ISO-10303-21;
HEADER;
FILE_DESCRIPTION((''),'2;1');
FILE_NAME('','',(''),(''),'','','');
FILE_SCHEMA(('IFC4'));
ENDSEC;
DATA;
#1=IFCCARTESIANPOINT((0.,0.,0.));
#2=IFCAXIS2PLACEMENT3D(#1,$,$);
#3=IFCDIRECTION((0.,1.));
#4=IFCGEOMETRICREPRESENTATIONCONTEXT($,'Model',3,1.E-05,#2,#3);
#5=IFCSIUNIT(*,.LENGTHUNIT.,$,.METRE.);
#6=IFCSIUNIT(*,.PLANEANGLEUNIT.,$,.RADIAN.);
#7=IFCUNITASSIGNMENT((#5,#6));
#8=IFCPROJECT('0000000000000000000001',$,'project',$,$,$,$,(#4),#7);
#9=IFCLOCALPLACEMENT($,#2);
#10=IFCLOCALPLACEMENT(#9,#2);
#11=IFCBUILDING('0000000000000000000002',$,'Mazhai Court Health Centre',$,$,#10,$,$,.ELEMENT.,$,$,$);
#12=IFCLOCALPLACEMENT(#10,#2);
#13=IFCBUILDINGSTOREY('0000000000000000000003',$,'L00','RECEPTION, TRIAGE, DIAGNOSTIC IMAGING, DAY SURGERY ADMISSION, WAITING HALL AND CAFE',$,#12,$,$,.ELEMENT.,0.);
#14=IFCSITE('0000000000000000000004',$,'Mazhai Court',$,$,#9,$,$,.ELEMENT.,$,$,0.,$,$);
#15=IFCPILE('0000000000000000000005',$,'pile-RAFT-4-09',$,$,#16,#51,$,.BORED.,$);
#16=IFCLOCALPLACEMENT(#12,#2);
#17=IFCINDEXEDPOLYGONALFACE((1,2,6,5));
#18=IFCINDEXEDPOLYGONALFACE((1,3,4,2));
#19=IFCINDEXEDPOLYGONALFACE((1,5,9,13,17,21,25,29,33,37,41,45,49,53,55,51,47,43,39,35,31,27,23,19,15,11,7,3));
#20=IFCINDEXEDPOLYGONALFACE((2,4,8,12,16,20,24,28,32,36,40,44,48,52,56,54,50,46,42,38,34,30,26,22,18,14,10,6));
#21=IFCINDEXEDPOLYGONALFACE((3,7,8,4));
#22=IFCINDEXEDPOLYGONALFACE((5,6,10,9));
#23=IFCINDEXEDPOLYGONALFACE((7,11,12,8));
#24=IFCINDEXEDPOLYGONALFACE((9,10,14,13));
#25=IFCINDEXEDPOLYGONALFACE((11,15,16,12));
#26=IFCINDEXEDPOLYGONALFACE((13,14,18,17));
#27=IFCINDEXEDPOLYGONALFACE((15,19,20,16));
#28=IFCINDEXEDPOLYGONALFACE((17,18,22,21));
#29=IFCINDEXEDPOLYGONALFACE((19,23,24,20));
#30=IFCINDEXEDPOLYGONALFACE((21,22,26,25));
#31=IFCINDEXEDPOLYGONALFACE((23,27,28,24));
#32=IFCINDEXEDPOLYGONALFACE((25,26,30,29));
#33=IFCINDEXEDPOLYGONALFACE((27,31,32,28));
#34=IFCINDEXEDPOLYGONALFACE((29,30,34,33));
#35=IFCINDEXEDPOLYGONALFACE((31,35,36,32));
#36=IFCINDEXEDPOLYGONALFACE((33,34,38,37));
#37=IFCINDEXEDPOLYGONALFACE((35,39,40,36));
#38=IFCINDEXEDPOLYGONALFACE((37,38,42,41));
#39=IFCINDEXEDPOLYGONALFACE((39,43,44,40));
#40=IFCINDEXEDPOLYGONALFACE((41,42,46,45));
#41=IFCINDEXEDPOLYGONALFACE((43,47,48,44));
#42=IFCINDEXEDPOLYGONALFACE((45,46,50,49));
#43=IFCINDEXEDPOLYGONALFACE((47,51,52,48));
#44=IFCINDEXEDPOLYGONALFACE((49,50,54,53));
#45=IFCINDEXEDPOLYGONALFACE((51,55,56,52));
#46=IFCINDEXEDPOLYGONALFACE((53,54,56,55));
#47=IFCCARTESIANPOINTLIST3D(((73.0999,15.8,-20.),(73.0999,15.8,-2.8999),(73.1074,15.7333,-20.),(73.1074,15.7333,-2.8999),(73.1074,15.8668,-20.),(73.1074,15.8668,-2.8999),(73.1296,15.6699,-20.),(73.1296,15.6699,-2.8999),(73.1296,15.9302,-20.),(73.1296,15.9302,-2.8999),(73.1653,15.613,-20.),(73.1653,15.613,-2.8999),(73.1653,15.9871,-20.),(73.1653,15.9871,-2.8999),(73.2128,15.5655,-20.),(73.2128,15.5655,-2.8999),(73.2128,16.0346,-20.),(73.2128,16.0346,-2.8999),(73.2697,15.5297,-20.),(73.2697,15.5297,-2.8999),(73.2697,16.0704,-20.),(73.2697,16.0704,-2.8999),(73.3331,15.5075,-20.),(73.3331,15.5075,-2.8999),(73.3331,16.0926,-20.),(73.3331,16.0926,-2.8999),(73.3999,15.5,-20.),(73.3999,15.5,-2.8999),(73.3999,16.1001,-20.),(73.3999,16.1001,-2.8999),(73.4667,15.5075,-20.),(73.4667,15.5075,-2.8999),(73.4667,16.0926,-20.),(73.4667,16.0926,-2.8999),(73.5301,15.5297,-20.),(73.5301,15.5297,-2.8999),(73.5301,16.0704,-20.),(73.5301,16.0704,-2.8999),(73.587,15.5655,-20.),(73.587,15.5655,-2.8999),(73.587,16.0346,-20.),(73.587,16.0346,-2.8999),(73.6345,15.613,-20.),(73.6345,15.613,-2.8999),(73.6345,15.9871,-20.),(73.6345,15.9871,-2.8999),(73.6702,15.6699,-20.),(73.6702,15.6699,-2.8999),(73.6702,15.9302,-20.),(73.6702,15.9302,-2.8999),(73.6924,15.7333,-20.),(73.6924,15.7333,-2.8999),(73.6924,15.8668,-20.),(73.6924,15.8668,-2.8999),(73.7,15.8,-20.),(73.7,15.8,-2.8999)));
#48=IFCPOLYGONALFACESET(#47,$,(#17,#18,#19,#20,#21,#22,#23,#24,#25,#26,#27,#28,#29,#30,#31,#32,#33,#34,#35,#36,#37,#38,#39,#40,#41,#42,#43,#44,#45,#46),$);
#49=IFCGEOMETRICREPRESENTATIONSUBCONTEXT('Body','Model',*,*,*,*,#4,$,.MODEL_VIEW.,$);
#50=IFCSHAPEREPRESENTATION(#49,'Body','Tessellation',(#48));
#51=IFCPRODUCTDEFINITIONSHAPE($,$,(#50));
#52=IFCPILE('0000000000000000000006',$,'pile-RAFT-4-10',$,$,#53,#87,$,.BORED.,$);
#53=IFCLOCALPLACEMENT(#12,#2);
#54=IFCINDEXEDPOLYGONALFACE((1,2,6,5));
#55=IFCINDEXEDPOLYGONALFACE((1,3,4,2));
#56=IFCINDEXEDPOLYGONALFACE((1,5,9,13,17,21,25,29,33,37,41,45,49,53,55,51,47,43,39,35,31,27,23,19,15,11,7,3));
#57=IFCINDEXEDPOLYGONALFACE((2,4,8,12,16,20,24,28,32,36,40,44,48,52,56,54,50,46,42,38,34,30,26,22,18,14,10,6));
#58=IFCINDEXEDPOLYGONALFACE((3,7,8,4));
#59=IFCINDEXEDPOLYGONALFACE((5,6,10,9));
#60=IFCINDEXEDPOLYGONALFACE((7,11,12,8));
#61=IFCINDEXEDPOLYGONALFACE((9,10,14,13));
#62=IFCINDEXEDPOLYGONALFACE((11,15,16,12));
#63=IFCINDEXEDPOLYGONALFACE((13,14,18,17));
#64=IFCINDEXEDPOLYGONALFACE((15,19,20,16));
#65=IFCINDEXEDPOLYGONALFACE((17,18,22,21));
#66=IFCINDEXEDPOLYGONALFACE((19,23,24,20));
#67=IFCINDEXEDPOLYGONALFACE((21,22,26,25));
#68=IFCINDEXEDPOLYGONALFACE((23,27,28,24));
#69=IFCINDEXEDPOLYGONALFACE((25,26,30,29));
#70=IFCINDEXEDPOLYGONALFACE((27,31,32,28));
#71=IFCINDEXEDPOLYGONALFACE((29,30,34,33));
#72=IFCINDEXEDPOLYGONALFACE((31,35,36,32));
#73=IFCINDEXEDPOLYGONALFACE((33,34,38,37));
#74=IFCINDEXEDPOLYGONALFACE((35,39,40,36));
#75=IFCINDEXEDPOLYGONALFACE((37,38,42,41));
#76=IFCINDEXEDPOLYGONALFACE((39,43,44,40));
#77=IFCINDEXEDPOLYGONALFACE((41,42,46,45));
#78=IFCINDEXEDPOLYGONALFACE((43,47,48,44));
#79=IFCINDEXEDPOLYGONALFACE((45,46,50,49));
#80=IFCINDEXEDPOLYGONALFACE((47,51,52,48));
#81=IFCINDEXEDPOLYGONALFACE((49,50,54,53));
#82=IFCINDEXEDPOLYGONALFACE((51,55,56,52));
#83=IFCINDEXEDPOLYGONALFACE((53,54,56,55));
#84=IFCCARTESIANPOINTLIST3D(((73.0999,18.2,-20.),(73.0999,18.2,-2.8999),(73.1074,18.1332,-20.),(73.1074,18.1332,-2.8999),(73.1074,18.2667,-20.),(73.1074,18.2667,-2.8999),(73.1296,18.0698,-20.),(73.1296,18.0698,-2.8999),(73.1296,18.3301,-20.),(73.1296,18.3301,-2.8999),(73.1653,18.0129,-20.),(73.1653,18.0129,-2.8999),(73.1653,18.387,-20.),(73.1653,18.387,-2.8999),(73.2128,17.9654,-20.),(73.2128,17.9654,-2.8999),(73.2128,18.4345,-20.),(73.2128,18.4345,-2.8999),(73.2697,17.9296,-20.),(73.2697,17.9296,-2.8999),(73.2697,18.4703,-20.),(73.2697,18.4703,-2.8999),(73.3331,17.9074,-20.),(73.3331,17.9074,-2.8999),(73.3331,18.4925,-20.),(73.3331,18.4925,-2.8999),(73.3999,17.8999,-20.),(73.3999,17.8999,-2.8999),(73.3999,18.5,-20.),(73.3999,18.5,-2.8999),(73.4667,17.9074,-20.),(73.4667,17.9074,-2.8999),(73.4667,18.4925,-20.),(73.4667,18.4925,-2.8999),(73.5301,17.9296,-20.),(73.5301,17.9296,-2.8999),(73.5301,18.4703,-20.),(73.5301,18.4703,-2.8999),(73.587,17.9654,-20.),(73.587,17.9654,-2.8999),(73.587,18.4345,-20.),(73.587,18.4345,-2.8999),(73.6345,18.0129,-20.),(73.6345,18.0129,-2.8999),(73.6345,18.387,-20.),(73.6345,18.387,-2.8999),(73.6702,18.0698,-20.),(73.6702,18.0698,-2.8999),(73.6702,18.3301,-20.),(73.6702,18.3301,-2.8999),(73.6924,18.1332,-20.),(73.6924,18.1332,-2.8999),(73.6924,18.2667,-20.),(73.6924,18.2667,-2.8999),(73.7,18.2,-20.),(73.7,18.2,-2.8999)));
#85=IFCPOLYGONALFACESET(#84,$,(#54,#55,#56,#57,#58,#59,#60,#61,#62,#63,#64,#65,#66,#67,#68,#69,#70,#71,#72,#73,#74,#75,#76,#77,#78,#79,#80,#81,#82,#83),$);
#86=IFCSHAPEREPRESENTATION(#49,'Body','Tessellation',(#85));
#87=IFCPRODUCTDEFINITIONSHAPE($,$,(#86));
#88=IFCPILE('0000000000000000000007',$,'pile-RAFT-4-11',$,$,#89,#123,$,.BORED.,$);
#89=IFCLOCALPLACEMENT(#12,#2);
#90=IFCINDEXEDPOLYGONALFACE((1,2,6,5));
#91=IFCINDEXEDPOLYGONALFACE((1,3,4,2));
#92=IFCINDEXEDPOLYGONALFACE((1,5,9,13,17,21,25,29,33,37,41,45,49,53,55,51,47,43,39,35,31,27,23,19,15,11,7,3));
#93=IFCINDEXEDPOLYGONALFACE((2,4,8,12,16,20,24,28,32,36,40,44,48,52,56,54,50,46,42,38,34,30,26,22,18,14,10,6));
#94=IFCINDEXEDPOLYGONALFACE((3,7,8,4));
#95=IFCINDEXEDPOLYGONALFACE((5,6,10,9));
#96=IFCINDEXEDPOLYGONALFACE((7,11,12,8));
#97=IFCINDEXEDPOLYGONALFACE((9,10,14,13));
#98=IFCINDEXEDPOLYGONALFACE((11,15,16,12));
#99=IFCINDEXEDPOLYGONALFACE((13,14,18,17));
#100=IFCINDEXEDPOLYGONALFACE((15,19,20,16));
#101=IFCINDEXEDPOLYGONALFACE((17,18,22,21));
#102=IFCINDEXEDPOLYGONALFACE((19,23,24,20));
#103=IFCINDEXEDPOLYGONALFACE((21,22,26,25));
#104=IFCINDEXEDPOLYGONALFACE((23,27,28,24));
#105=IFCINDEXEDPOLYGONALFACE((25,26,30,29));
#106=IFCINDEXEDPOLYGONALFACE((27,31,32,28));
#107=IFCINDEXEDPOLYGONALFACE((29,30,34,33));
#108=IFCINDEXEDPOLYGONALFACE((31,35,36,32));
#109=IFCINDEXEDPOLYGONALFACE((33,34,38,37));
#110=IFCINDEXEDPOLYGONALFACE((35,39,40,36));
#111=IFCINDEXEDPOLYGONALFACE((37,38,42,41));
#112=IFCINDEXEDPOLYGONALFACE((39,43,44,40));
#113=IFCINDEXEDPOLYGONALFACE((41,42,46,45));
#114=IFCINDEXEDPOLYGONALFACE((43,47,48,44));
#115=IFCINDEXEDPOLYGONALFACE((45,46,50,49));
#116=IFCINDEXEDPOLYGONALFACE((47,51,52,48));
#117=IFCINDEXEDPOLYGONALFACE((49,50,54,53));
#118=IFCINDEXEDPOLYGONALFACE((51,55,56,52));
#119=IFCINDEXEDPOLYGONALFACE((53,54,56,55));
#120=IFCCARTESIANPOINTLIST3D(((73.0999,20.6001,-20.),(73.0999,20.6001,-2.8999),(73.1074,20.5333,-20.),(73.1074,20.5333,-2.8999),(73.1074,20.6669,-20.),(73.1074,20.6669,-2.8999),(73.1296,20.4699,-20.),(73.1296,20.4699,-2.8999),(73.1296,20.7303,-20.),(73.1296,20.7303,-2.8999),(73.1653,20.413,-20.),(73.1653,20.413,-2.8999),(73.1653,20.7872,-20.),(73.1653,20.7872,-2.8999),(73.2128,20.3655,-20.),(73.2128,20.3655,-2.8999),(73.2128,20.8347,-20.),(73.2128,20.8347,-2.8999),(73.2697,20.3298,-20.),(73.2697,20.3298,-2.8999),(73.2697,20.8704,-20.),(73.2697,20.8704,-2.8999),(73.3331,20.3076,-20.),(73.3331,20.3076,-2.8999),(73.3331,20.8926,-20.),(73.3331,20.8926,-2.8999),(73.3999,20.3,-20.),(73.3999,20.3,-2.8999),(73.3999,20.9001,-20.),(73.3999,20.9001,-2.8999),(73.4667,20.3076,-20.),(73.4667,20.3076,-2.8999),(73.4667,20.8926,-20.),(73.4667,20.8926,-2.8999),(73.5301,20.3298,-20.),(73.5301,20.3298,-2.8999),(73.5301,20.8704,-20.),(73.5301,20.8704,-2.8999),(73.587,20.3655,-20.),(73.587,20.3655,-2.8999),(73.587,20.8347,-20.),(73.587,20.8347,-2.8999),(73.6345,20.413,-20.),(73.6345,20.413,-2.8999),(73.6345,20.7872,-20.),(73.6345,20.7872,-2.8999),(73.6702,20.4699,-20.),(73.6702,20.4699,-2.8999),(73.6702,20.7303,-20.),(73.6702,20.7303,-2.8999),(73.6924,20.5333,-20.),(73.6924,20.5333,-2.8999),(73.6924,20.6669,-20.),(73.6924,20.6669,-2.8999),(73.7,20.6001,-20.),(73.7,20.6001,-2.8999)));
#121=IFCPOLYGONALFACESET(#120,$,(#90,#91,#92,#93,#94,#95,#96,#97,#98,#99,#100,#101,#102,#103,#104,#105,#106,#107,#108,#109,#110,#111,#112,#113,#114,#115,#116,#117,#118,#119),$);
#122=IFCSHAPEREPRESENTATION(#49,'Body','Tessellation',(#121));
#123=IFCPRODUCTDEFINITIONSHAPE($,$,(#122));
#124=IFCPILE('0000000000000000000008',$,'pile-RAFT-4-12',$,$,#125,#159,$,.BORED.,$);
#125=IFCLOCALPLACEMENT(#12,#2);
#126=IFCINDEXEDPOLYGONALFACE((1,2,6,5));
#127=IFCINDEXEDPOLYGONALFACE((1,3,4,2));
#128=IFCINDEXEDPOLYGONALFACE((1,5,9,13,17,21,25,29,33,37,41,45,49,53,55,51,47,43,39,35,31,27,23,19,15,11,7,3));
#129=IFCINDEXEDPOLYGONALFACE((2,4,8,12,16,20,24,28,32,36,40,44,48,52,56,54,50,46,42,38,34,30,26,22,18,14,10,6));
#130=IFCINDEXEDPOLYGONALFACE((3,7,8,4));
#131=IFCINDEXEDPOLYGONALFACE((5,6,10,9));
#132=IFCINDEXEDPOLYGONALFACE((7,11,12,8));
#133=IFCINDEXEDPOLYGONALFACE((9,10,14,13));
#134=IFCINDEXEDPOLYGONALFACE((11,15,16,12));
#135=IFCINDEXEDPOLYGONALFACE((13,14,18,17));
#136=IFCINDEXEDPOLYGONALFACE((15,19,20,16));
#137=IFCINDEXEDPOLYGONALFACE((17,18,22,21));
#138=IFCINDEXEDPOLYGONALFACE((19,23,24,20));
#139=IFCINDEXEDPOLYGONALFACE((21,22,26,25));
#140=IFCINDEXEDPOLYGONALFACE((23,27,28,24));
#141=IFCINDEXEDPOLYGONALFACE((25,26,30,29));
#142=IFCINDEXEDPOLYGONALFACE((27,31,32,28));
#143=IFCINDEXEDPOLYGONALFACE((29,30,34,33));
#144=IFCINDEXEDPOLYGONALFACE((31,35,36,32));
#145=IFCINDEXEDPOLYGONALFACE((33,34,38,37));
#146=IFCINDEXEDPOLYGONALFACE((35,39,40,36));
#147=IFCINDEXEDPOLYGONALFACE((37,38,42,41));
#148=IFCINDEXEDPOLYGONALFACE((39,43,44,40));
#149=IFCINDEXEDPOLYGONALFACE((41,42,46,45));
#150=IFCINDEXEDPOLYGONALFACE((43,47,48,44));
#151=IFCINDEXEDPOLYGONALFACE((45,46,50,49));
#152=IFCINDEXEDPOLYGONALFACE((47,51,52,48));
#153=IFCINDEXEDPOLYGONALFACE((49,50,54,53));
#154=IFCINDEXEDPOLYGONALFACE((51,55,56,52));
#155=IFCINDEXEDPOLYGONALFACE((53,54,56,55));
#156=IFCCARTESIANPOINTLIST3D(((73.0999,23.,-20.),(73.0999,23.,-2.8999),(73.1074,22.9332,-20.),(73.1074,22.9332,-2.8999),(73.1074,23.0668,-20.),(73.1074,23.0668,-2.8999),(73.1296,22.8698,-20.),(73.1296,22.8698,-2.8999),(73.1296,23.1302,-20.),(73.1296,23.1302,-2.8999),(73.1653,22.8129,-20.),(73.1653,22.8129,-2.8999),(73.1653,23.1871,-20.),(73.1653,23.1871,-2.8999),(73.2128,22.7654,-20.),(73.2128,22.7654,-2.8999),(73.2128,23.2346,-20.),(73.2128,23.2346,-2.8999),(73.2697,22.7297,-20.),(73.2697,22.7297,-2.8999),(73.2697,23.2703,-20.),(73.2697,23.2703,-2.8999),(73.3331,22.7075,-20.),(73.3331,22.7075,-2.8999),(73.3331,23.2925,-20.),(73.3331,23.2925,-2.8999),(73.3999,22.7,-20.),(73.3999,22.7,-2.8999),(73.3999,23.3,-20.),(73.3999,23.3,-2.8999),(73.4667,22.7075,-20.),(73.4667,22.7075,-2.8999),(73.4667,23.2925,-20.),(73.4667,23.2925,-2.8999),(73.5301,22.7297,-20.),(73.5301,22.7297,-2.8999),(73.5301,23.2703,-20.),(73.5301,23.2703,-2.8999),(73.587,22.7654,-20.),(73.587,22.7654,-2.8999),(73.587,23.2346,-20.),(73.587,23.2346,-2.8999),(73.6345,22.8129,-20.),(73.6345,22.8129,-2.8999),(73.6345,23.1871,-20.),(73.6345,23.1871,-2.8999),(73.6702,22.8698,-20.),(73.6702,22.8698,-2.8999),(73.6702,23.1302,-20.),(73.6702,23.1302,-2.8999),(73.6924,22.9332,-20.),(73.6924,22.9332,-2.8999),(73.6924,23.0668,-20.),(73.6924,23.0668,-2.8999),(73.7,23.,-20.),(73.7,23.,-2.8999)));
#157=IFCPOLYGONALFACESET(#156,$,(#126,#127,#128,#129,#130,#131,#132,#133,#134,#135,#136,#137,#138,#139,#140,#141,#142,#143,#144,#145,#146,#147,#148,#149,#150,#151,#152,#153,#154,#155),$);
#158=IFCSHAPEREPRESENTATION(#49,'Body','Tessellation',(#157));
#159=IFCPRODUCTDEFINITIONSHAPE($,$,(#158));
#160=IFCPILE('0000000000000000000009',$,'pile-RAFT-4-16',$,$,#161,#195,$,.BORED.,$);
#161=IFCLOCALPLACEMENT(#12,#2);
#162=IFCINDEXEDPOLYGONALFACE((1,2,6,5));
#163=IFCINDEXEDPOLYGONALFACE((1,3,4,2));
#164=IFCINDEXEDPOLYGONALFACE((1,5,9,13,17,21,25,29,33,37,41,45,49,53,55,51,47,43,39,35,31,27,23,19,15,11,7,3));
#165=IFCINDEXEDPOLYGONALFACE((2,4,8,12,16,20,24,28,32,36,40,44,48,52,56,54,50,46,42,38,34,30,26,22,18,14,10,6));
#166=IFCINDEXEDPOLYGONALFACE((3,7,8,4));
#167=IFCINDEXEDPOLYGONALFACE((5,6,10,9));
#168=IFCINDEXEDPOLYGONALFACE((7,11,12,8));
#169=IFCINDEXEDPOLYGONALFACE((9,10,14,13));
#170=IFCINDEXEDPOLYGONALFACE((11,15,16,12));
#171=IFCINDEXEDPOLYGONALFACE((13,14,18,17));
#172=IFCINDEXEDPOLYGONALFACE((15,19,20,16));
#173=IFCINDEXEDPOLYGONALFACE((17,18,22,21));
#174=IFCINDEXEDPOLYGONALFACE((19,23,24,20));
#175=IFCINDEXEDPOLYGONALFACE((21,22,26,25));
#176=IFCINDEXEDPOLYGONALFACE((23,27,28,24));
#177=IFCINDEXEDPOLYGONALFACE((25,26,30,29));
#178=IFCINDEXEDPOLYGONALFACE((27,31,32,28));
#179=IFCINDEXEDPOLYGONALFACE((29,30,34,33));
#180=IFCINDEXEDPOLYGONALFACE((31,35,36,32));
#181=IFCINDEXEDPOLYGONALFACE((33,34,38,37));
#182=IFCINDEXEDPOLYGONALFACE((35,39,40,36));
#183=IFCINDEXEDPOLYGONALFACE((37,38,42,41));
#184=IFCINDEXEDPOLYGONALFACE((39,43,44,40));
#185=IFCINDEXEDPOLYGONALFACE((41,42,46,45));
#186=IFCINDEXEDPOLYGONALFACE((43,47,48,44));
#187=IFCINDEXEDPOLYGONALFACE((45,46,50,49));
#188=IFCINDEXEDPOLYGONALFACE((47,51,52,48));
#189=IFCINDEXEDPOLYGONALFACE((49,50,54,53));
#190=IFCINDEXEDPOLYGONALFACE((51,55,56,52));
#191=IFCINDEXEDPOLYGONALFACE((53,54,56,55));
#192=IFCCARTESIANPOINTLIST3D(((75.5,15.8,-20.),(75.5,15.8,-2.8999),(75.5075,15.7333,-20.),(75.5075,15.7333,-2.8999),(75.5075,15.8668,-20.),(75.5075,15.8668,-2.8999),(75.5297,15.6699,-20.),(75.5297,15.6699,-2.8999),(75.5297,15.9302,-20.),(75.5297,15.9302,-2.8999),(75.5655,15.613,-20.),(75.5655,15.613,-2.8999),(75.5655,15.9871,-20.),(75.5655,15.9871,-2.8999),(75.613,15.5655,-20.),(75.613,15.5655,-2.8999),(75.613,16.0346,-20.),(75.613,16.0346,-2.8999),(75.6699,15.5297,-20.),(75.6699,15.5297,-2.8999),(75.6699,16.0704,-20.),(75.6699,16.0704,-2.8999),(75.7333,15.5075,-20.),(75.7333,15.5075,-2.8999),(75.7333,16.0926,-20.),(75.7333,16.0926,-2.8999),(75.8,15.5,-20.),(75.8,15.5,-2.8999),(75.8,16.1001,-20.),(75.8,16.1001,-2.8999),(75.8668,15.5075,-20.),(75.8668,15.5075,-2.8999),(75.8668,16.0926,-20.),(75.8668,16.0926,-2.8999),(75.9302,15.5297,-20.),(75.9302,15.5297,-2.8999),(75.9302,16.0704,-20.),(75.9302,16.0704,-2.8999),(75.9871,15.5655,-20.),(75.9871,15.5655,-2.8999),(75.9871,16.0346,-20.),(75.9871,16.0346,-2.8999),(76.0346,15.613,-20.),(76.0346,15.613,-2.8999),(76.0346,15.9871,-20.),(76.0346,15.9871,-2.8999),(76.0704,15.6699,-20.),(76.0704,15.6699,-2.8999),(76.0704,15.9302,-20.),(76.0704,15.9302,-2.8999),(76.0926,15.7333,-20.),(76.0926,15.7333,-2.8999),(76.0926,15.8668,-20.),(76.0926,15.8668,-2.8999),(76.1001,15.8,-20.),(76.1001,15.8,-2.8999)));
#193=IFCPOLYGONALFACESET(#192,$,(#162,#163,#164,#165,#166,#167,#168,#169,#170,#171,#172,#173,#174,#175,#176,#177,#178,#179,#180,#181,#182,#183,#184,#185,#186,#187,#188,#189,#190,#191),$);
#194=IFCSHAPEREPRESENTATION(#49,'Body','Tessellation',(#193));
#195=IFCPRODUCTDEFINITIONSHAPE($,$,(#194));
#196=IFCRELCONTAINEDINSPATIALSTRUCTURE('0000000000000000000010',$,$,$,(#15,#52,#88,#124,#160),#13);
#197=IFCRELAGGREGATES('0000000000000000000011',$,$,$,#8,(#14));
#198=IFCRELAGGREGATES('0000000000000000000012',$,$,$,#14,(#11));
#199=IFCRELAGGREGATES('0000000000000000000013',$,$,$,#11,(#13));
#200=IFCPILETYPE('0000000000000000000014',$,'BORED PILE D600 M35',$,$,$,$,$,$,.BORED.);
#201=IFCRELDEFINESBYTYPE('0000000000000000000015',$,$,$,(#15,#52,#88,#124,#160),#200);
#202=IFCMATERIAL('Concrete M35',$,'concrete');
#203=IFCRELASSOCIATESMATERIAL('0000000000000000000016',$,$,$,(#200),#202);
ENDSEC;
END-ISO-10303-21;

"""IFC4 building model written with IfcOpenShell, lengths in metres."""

from ifc_helpers import new_model, si_unit, direction, frame, origin, origin_2d, place, context, subcontext, project, spatial, circle, extrude, material, material_profile, profile_set, type_object, element, save


model = new_model("IFC4")

# Units and contexts
model_context = context("Model", 3, precision=1e-05, world=origin(), true_north=direction((0.0, 1.0)))
body_context = subcontext(model_context, "Body", "Model", "MODEL_VIEW")
ifc_project = project(units=[si_unit("LENGTHUNIT", "METRE"), si_unit("PLANEANGLEUNIT", "RADIAN")], contexts=[model_context])

# Site, building, storey
site_placement = place(None, origin())
site = spatial("IfcSite", under=ifc_project, at=site_placement, Name="Mazhai Court", CompositionType="ELEMENT", RefElevation=0.0)
building_placement = place(site_placement, origin())
building = spatial("IfcBuilding", under=site, at=building_placement, Name="Mazhai Court Health Centre", CompositionType="ELEMENT")
storey_placement = place(building_placement, origin())
storey = spatial("IfcBuildingStorey", under=building, at=storey_placement, Name="L00", Description="RECEPTION, TRIAGE, DIAGNOSTIC IMAGING, DAY SURGERY ADMISSION, WAITING HALL AND CAFE", CompositionType="ELEMENT", Elevation=0.0)

# Piles
ifc_material_1 = material(Name="Concrete M35", Category="concrete")
ifc_material_profile_1 = material_profile(ifc_material_1, circle(Radius=0.3, at=origin_2d()), Name="RC PILE D600")
ifc_profile_set_1 = profile_set([ifc_material_profile_1], Name="Concrete M35")
pile_type = type_object("IfcPileType", Name="BORED PILE D600 M35", PredefinedType="BORED", material=ifc_profile_set_1)
for number, where, z_axis, x_axis, name in (
    (1, (73.3999, 15.8, -2.8999), (0.0, 0.0, -1.0), (1.0, 0.0, 0.0), "pile-RAFT-4-09"),
    (2, (73.3999, 18.2, -2.8999), (0.0, 0.0, -1.0), (1.0, 0.0, 0.0), "pile-RAFT-4-10"),
    (3, (73.3999, 20.6001, -2.8999), (0.0, 0.0, -1.0), (1.0, 0.0, 0.0), "pile-RAFT-4-11"),
    (4, (73.3999, 23.0, -2.8999), (0.0, 0.0, -1.0), (1.0, 0.0, 0.0), "pile-RAFT-4-12"),
    (5, (75.8, 15.8, -2.8999), (0.0, 0.0, -1.0), (1.0, 0.0, 0.0), "pile-RAFT-4-16"),
):
    element("IfcPile", number, at=place(storey_placement, frame(where, z_axis=z_axis, x_axis=x_axis)), inside=storey, type_object=pile_type, Name=name, PredefinedType="BORED", context=body_context, shape_type="SweptSolid", body=[
        extrude(circle(Radius=0.3, at=origin_2d()), origin(), (0.0, 0.0, 1.0), 17.1001),
    ])

save(model, "model.ifc")
